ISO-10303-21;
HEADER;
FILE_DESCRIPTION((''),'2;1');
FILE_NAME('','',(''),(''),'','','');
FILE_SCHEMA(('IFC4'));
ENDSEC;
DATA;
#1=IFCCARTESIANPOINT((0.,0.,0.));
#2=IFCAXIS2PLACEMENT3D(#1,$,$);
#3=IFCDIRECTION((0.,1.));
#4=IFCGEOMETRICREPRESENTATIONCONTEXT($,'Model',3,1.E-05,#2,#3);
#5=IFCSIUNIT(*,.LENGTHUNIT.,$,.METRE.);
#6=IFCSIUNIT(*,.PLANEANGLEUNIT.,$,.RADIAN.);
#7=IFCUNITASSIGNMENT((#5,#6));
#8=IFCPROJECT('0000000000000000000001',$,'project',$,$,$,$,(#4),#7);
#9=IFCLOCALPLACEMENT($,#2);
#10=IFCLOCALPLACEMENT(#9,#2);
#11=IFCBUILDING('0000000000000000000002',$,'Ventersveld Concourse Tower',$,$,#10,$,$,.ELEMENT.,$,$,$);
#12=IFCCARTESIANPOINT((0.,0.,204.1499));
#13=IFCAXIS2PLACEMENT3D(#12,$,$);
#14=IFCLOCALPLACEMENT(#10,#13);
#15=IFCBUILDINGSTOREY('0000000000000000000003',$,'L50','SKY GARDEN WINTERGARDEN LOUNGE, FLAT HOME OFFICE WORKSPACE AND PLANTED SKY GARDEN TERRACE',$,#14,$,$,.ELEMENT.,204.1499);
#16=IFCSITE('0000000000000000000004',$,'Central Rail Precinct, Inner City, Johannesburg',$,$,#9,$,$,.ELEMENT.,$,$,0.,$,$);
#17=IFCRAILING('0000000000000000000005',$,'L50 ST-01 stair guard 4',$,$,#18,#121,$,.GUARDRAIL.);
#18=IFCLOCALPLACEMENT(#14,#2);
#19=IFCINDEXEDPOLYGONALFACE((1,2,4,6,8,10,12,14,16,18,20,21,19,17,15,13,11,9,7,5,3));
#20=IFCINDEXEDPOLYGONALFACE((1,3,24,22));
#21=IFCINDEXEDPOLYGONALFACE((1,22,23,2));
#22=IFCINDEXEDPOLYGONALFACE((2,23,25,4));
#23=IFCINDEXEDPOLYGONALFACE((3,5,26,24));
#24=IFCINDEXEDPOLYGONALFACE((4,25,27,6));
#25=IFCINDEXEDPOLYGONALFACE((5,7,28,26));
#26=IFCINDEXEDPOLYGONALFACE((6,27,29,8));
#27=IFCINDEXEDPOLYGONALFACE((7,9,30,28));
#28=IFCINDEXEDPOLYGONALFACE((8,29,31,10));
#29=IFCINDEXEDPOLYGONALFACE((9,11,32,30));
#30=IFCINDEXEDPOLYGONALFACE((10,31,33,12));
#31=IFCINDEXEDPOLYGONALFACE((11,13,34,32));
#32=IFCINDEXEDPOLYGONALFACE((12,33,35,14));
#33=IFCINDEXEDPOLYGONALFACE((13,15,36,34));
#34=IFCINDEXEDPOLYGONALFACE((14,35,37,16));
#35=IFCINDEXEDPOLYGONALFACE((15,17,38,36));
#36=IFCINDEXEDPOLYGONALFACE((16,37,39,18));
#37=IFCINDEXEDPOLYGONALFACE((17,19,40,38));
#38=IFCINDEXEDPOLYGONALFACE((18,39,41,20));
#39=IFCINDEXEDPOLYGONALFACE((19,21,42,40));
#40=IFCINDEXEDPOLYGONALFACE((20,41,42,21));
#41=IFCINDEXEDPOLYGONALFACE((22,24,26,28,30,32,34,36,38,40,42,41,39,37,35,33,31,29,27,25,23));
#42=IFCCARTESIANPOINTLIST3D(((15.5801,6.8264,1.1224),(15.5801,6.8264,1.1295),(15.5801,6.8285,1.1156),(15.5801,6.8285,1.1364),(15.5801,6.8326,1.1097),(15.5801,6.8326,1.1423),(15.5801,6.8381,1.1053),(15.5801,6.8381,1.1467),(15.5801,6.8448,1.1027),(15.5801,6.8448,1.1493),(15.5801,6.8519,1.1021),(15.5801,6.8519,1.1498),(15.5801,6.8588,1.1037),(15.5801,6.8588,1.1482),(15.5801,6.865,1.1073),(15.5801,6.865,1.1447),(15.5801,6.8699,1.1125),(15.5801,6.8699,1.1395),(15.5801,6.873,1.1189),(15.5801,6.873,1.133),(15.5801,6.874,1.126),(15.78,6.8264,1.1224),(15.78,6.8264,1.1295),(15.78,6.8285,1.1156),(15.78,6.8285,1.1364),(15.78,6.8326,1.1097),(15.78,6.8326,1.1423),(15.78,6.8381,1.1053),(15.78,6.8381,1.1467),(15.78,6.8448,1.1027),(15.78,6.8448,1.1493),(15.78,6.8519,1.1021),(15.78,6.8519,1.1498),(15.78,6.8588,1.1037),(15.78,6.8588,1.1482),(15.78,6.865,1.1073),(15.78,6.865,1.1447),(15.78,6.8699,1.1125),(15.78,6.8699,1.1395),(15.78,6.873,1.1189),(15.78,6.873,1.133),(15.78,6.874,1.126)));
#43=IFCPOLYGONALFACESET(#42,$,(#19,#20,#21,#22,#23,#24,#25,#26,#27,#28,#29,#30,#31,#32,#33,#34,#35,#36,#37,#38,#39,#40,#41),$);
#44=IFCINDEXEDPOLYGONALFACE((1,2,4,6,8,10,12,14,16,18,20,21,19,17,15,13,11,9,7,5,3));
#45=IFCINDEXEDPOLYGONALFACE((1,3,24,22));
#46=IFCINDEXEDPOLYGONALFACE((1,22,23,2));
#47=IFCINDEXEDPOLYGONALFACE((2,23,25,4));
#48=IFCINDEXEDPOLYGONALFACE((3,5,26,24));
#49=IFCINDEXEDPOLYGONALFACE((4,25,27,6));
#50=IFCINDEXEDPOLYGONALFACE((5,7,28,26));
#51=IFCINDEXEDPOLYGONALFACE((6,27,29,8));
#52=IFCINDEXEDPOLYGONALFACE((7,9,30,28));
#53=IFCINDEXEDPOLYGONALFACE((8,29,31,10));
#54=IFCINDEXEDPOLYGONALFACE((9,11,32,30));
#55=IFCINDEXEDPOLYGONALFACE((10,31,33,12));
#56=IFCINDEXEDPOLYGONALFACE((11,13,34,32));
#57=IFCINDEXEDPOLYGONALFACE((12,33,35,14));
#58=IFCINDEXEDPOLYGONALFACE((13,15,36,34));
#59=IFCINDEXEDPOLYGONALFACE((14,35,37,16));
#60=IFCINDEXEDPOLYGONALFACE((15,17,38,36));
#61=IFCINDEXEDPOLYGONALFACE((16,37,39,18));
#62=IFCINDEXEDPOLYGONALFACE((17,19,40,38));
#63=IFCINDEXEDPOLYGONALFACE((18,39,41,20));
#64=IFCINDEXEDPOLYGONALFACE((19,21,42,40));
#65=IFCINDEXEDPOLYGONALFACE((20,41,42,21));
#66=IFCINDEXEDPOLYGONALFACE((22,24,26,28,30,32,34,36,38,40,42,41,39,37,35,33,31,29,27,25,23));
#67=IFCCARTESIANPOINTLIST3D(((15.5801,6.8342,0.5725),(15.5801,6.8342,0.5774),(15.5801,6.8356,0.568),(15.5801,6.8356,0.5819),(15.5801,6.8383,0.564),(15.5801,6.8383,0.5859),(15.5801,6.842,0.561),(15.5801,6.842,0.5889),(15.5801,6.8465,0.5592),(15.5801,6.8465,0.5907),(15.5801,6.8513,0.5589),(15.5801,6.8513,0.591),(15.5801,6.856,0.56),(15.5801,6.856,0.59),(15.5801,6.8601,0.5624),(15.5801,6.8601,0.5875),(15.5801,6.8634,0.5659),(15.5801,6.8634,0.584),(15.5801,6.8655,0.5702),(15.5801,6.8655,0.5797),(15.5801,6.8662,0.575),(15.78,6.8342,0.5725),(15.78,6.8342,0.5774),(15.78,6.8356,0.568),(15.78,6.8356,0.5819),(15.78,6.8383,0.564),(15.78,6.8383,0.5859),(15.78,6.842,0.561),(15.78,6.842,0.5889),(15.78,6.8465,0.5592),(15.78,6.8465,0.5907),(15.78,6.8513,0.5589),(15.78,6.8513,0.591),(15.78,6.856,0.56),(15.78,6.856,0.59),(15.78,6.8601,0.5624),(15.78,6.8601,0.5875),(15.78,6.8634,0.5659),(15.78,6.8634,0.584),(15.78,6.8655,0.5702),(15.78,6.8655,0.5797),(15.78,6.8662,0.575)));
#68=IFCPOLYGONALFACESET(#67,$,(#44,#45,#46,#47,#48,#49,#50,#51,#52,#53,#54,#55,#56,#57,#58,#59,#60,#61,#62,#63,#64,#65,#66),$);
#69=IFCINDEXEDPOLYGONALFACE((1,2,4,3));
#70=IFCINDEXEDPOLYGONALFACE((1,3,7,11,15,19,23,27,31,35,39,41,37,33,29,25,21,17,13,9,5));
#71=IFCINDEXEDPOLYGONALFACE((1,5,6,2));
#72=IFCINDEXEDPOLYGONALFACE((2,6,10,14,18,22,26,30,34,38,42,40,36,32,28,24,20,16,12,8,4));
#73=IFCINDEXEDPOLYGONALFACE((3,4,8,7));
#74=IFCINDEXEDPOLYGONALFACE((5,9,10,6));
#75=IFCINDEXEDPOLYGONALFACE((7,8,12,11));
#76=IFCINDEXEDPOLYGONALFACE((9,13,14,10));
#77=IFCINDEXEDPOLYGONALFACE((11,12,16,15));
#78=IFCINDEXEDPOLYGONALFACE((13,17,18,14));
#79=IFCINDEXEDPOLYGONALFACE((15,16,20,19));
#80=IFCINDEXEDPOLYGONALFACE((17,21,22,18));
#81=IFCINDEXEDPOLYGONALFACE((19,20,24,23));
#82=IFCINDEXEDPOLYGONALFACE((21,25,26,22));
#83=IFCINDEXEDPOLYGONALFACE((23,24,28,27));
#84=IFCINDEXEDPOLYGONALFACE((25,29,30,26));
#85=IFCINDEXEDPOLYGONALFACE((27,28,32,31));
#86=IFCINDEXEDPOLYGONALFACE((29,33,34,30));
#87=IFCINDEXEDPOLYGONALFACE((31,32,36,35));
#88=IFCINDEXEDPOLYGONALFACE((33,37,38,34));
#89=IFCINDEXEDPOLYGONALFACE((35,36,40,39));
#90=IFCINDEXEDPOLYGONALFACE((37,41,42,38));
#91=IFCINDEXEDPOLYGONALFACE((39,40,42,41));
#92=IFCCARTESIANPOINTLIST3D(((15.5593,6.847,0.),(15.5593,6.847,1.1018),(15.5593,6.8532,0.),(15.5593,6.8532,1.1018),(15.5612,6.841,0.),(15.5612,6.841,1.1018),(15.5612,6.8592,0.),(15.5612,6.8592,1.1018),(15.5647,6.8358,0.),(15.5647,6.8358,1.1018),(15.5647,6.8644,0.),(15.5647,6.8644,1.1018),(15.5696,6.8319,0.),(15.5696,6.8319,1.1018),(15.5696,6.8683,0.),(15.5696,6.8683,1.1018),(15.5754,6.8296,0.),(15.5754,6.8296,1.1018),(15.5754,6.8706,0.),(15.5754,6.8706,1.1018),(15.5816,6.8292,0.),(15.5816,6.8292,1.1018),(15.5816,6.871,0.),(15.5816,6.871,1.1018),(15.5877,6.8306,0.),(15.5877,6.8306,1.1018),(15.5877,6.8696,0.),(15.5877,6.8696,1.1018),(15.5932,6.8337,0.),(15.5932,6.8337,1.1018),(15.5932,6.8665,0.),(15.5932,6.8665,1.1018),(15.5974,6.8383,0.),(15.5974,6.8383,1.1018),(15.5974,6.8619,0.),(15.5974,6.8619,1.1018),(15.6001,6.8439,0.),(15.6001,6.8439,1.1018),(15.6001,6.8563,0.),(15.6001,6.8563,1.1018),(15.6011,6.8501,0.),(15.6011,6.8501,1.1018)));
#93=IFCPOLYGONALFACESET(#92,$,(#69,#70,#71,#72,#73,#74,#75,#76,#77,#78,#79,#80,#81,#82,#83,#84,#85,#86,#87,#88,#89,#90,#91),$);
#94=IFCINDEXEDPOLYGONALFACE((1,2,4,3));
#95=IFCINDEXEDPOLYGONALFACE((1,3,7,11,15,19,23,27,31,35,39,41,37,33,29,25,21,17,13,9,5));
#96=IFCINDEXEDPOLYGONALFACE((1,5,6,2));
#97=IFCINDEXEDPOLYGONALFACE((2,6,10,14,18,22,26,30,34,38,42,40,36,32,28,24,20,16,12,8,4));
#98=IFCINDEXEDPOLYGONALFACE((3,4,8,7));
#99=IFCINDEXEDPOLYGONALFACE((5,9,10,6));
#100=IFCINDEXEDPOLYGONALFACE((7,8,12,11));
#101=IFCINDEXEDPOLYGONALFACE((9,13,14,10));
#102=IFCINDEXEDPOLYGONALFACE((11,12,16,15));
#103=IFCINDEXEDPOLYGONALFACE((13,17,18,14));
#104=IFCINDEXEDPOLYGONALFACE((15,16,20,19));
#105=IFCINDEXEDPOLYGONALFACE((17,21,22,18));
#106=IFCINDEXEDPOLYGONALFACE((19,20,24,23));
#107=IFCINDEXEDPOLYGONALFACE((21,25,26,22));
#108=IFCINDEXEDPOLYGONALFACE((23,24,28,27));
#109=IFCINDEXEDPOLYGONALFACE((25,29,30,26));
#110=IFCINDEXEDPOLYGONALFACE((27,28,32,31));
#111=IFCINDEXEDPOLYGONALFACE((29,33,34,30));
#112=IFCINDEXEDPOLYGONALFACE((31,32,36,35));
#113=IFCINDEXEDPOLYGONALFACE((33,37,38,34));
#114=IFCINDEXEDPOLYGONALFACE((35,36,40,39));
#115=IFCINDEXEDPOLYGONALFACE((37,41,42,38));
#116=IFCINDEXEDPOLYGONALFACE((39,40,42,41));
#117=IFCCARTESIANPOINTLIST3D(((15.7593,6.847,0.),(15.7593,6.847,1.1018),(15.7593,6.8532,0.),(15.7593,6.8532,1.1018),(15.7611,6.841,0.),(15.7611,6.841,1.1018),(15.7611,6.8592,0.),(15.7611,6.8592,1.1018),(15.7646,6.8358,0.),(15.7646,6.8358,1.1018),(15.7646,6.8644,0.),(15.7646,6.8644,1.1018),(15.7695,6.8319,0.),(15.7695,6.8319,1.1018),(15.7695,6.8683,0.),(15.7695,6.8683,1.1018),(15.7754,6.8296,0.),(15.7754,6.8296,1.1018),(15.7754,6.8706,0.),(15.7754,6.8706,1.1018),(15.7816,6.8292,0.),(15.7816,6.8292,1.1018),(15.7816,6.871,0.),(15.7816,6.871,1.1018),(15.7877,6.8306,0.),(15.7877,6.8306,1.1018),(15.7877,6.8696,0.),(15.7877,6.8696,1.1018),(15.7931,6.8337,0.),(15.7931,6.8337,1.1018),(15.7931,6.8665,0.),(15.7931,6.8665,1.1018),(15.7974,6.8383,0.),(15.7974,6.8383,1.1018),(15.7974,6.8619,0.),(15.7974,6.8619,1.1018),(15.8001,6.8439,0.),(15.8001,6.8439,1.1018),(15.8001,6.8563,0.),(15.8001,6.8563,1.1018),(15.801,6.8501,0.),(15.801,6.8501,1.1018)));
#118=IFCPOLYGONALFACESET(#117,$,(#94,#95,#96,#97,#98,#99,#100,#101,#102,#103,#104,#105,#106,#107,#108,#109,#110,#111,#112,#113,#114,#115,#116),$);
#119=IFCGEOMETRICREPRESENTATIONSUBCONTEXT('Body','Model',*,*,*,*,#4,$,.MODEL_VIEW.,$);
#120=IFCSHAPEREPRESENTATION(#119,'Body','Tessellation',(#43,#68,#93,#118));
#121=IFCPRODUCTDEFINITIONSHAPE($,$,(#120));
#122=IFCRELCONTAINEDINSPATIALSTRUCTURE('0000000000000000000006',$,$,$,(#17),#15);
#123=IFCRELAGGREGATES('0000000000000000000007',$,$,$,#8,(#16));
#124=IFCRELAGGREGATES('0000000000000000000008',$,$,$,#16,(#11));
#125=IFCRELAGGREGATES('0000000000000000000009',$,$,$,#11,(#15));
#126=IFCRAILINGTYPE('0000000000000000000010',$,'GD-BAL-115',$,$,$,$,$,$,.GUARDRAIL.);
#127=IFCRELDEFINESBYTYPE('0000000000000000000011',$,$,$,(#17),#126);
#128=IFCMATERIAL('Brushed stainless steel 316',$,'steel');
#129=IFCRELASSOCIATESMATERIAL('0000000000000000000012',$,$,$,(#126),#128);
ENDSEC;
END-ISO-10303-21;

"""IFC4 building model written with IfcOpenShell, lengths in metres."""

from ifc_helpers import new_model, si_unit, direction, frame, origin, origin_2d, place, context, subcontext, project, spatial, circle, extrude, material, type_object, element, save


model = new_model("IFC4")

# Units and contexts
model_context = context("Model", 3, precision=1e-05, world=origin(), true_north=direction((0.0, 1.0)))
body_context = subcontext(model_context, "Body", "Model", "MODEL_VIEW")
ifc_project = project(units=[si_unit("LENGTHUNIT", "METRE"), si_unit("PLANEANGLEUNIT", "RADIAN")], contexts=[model_context])

# Site, building, storey
site_placement = place(None, origin())
site = spatial("IfcSite", under=ifc_project, at=site_placement, Name="Central Rail Precinct, Inner City, Johannesburg", CompositionType="ELEMENT", RefElevation=0.0)
building_placement = place(site_placement, origin())
building = spatial("IfcBuilding", under=site, at=building_placement, Name="Ventersveld Concourse Tower", CompositionType="ELEMENT")
storey_placement = place(building_placement, frame((0.0, 0.0, 204.1499)))
storey = spatial("IfcBuildingStorey", under=building, at=storey_placement, Name="L50", Description="SKY GARDEN WINTERGARDEN LOUNGE, FLAT HOME OFFICE WORKSPACE AND PLANTED SKY GARDEN TERRACE", CompositionType="ELEMENT", Elevation=204.1499)

# Shared definitions
ifc_material_1 = material(Name="Brushed stainless steel 316", Category="steel")

# Railing
railing_type = type_object("IfcRailingType", Name="GD-BAL-115", PredefinedType="GUARDRAIL", material=ifc_material_1)
railing_placement = place(storey_placement, frame((15.5801, 6.8501, 0.0)))
element("IfcRailing", 1, at=railing_placement, inside=storey, type_object=railing_type, Name="L50 ST-01 stair guard 4", PredefinedType="GUARDRAIL", context=body_context, shape_type="SweptSolid", body=[
    extrude(circle(Radius=0.0239, at=origin_2d()), frame((0.0, 0.0, 1.126), z_axis=(1.0, 0.0, 0.0), x_axis=(0.0, 1.0, 0.0)), (0.0, 0.0, 1.0), 0.2),
    extrude(circle(Radius=0.0161, at=origin_2d()), frame((0.0, 0.0, 0.575), z_axis=(1.0, 0.0, 0.0), x_axis=(0.0, 1.0, 0.0)), (0.0, 0.0, 1.0), 0.2),
    extrude(circle(Radius=0.021, at=origin_2d()), origin(), (0.0, 0.0, 1.0), 1.1018),
    extrude(circle(Radius=0.021, at=origin_2d()), frame((0.2, 0.0, 0.0)), (0.0, 0.0, 1.0), 1.1018),
])

save(model, "model.ifc")
